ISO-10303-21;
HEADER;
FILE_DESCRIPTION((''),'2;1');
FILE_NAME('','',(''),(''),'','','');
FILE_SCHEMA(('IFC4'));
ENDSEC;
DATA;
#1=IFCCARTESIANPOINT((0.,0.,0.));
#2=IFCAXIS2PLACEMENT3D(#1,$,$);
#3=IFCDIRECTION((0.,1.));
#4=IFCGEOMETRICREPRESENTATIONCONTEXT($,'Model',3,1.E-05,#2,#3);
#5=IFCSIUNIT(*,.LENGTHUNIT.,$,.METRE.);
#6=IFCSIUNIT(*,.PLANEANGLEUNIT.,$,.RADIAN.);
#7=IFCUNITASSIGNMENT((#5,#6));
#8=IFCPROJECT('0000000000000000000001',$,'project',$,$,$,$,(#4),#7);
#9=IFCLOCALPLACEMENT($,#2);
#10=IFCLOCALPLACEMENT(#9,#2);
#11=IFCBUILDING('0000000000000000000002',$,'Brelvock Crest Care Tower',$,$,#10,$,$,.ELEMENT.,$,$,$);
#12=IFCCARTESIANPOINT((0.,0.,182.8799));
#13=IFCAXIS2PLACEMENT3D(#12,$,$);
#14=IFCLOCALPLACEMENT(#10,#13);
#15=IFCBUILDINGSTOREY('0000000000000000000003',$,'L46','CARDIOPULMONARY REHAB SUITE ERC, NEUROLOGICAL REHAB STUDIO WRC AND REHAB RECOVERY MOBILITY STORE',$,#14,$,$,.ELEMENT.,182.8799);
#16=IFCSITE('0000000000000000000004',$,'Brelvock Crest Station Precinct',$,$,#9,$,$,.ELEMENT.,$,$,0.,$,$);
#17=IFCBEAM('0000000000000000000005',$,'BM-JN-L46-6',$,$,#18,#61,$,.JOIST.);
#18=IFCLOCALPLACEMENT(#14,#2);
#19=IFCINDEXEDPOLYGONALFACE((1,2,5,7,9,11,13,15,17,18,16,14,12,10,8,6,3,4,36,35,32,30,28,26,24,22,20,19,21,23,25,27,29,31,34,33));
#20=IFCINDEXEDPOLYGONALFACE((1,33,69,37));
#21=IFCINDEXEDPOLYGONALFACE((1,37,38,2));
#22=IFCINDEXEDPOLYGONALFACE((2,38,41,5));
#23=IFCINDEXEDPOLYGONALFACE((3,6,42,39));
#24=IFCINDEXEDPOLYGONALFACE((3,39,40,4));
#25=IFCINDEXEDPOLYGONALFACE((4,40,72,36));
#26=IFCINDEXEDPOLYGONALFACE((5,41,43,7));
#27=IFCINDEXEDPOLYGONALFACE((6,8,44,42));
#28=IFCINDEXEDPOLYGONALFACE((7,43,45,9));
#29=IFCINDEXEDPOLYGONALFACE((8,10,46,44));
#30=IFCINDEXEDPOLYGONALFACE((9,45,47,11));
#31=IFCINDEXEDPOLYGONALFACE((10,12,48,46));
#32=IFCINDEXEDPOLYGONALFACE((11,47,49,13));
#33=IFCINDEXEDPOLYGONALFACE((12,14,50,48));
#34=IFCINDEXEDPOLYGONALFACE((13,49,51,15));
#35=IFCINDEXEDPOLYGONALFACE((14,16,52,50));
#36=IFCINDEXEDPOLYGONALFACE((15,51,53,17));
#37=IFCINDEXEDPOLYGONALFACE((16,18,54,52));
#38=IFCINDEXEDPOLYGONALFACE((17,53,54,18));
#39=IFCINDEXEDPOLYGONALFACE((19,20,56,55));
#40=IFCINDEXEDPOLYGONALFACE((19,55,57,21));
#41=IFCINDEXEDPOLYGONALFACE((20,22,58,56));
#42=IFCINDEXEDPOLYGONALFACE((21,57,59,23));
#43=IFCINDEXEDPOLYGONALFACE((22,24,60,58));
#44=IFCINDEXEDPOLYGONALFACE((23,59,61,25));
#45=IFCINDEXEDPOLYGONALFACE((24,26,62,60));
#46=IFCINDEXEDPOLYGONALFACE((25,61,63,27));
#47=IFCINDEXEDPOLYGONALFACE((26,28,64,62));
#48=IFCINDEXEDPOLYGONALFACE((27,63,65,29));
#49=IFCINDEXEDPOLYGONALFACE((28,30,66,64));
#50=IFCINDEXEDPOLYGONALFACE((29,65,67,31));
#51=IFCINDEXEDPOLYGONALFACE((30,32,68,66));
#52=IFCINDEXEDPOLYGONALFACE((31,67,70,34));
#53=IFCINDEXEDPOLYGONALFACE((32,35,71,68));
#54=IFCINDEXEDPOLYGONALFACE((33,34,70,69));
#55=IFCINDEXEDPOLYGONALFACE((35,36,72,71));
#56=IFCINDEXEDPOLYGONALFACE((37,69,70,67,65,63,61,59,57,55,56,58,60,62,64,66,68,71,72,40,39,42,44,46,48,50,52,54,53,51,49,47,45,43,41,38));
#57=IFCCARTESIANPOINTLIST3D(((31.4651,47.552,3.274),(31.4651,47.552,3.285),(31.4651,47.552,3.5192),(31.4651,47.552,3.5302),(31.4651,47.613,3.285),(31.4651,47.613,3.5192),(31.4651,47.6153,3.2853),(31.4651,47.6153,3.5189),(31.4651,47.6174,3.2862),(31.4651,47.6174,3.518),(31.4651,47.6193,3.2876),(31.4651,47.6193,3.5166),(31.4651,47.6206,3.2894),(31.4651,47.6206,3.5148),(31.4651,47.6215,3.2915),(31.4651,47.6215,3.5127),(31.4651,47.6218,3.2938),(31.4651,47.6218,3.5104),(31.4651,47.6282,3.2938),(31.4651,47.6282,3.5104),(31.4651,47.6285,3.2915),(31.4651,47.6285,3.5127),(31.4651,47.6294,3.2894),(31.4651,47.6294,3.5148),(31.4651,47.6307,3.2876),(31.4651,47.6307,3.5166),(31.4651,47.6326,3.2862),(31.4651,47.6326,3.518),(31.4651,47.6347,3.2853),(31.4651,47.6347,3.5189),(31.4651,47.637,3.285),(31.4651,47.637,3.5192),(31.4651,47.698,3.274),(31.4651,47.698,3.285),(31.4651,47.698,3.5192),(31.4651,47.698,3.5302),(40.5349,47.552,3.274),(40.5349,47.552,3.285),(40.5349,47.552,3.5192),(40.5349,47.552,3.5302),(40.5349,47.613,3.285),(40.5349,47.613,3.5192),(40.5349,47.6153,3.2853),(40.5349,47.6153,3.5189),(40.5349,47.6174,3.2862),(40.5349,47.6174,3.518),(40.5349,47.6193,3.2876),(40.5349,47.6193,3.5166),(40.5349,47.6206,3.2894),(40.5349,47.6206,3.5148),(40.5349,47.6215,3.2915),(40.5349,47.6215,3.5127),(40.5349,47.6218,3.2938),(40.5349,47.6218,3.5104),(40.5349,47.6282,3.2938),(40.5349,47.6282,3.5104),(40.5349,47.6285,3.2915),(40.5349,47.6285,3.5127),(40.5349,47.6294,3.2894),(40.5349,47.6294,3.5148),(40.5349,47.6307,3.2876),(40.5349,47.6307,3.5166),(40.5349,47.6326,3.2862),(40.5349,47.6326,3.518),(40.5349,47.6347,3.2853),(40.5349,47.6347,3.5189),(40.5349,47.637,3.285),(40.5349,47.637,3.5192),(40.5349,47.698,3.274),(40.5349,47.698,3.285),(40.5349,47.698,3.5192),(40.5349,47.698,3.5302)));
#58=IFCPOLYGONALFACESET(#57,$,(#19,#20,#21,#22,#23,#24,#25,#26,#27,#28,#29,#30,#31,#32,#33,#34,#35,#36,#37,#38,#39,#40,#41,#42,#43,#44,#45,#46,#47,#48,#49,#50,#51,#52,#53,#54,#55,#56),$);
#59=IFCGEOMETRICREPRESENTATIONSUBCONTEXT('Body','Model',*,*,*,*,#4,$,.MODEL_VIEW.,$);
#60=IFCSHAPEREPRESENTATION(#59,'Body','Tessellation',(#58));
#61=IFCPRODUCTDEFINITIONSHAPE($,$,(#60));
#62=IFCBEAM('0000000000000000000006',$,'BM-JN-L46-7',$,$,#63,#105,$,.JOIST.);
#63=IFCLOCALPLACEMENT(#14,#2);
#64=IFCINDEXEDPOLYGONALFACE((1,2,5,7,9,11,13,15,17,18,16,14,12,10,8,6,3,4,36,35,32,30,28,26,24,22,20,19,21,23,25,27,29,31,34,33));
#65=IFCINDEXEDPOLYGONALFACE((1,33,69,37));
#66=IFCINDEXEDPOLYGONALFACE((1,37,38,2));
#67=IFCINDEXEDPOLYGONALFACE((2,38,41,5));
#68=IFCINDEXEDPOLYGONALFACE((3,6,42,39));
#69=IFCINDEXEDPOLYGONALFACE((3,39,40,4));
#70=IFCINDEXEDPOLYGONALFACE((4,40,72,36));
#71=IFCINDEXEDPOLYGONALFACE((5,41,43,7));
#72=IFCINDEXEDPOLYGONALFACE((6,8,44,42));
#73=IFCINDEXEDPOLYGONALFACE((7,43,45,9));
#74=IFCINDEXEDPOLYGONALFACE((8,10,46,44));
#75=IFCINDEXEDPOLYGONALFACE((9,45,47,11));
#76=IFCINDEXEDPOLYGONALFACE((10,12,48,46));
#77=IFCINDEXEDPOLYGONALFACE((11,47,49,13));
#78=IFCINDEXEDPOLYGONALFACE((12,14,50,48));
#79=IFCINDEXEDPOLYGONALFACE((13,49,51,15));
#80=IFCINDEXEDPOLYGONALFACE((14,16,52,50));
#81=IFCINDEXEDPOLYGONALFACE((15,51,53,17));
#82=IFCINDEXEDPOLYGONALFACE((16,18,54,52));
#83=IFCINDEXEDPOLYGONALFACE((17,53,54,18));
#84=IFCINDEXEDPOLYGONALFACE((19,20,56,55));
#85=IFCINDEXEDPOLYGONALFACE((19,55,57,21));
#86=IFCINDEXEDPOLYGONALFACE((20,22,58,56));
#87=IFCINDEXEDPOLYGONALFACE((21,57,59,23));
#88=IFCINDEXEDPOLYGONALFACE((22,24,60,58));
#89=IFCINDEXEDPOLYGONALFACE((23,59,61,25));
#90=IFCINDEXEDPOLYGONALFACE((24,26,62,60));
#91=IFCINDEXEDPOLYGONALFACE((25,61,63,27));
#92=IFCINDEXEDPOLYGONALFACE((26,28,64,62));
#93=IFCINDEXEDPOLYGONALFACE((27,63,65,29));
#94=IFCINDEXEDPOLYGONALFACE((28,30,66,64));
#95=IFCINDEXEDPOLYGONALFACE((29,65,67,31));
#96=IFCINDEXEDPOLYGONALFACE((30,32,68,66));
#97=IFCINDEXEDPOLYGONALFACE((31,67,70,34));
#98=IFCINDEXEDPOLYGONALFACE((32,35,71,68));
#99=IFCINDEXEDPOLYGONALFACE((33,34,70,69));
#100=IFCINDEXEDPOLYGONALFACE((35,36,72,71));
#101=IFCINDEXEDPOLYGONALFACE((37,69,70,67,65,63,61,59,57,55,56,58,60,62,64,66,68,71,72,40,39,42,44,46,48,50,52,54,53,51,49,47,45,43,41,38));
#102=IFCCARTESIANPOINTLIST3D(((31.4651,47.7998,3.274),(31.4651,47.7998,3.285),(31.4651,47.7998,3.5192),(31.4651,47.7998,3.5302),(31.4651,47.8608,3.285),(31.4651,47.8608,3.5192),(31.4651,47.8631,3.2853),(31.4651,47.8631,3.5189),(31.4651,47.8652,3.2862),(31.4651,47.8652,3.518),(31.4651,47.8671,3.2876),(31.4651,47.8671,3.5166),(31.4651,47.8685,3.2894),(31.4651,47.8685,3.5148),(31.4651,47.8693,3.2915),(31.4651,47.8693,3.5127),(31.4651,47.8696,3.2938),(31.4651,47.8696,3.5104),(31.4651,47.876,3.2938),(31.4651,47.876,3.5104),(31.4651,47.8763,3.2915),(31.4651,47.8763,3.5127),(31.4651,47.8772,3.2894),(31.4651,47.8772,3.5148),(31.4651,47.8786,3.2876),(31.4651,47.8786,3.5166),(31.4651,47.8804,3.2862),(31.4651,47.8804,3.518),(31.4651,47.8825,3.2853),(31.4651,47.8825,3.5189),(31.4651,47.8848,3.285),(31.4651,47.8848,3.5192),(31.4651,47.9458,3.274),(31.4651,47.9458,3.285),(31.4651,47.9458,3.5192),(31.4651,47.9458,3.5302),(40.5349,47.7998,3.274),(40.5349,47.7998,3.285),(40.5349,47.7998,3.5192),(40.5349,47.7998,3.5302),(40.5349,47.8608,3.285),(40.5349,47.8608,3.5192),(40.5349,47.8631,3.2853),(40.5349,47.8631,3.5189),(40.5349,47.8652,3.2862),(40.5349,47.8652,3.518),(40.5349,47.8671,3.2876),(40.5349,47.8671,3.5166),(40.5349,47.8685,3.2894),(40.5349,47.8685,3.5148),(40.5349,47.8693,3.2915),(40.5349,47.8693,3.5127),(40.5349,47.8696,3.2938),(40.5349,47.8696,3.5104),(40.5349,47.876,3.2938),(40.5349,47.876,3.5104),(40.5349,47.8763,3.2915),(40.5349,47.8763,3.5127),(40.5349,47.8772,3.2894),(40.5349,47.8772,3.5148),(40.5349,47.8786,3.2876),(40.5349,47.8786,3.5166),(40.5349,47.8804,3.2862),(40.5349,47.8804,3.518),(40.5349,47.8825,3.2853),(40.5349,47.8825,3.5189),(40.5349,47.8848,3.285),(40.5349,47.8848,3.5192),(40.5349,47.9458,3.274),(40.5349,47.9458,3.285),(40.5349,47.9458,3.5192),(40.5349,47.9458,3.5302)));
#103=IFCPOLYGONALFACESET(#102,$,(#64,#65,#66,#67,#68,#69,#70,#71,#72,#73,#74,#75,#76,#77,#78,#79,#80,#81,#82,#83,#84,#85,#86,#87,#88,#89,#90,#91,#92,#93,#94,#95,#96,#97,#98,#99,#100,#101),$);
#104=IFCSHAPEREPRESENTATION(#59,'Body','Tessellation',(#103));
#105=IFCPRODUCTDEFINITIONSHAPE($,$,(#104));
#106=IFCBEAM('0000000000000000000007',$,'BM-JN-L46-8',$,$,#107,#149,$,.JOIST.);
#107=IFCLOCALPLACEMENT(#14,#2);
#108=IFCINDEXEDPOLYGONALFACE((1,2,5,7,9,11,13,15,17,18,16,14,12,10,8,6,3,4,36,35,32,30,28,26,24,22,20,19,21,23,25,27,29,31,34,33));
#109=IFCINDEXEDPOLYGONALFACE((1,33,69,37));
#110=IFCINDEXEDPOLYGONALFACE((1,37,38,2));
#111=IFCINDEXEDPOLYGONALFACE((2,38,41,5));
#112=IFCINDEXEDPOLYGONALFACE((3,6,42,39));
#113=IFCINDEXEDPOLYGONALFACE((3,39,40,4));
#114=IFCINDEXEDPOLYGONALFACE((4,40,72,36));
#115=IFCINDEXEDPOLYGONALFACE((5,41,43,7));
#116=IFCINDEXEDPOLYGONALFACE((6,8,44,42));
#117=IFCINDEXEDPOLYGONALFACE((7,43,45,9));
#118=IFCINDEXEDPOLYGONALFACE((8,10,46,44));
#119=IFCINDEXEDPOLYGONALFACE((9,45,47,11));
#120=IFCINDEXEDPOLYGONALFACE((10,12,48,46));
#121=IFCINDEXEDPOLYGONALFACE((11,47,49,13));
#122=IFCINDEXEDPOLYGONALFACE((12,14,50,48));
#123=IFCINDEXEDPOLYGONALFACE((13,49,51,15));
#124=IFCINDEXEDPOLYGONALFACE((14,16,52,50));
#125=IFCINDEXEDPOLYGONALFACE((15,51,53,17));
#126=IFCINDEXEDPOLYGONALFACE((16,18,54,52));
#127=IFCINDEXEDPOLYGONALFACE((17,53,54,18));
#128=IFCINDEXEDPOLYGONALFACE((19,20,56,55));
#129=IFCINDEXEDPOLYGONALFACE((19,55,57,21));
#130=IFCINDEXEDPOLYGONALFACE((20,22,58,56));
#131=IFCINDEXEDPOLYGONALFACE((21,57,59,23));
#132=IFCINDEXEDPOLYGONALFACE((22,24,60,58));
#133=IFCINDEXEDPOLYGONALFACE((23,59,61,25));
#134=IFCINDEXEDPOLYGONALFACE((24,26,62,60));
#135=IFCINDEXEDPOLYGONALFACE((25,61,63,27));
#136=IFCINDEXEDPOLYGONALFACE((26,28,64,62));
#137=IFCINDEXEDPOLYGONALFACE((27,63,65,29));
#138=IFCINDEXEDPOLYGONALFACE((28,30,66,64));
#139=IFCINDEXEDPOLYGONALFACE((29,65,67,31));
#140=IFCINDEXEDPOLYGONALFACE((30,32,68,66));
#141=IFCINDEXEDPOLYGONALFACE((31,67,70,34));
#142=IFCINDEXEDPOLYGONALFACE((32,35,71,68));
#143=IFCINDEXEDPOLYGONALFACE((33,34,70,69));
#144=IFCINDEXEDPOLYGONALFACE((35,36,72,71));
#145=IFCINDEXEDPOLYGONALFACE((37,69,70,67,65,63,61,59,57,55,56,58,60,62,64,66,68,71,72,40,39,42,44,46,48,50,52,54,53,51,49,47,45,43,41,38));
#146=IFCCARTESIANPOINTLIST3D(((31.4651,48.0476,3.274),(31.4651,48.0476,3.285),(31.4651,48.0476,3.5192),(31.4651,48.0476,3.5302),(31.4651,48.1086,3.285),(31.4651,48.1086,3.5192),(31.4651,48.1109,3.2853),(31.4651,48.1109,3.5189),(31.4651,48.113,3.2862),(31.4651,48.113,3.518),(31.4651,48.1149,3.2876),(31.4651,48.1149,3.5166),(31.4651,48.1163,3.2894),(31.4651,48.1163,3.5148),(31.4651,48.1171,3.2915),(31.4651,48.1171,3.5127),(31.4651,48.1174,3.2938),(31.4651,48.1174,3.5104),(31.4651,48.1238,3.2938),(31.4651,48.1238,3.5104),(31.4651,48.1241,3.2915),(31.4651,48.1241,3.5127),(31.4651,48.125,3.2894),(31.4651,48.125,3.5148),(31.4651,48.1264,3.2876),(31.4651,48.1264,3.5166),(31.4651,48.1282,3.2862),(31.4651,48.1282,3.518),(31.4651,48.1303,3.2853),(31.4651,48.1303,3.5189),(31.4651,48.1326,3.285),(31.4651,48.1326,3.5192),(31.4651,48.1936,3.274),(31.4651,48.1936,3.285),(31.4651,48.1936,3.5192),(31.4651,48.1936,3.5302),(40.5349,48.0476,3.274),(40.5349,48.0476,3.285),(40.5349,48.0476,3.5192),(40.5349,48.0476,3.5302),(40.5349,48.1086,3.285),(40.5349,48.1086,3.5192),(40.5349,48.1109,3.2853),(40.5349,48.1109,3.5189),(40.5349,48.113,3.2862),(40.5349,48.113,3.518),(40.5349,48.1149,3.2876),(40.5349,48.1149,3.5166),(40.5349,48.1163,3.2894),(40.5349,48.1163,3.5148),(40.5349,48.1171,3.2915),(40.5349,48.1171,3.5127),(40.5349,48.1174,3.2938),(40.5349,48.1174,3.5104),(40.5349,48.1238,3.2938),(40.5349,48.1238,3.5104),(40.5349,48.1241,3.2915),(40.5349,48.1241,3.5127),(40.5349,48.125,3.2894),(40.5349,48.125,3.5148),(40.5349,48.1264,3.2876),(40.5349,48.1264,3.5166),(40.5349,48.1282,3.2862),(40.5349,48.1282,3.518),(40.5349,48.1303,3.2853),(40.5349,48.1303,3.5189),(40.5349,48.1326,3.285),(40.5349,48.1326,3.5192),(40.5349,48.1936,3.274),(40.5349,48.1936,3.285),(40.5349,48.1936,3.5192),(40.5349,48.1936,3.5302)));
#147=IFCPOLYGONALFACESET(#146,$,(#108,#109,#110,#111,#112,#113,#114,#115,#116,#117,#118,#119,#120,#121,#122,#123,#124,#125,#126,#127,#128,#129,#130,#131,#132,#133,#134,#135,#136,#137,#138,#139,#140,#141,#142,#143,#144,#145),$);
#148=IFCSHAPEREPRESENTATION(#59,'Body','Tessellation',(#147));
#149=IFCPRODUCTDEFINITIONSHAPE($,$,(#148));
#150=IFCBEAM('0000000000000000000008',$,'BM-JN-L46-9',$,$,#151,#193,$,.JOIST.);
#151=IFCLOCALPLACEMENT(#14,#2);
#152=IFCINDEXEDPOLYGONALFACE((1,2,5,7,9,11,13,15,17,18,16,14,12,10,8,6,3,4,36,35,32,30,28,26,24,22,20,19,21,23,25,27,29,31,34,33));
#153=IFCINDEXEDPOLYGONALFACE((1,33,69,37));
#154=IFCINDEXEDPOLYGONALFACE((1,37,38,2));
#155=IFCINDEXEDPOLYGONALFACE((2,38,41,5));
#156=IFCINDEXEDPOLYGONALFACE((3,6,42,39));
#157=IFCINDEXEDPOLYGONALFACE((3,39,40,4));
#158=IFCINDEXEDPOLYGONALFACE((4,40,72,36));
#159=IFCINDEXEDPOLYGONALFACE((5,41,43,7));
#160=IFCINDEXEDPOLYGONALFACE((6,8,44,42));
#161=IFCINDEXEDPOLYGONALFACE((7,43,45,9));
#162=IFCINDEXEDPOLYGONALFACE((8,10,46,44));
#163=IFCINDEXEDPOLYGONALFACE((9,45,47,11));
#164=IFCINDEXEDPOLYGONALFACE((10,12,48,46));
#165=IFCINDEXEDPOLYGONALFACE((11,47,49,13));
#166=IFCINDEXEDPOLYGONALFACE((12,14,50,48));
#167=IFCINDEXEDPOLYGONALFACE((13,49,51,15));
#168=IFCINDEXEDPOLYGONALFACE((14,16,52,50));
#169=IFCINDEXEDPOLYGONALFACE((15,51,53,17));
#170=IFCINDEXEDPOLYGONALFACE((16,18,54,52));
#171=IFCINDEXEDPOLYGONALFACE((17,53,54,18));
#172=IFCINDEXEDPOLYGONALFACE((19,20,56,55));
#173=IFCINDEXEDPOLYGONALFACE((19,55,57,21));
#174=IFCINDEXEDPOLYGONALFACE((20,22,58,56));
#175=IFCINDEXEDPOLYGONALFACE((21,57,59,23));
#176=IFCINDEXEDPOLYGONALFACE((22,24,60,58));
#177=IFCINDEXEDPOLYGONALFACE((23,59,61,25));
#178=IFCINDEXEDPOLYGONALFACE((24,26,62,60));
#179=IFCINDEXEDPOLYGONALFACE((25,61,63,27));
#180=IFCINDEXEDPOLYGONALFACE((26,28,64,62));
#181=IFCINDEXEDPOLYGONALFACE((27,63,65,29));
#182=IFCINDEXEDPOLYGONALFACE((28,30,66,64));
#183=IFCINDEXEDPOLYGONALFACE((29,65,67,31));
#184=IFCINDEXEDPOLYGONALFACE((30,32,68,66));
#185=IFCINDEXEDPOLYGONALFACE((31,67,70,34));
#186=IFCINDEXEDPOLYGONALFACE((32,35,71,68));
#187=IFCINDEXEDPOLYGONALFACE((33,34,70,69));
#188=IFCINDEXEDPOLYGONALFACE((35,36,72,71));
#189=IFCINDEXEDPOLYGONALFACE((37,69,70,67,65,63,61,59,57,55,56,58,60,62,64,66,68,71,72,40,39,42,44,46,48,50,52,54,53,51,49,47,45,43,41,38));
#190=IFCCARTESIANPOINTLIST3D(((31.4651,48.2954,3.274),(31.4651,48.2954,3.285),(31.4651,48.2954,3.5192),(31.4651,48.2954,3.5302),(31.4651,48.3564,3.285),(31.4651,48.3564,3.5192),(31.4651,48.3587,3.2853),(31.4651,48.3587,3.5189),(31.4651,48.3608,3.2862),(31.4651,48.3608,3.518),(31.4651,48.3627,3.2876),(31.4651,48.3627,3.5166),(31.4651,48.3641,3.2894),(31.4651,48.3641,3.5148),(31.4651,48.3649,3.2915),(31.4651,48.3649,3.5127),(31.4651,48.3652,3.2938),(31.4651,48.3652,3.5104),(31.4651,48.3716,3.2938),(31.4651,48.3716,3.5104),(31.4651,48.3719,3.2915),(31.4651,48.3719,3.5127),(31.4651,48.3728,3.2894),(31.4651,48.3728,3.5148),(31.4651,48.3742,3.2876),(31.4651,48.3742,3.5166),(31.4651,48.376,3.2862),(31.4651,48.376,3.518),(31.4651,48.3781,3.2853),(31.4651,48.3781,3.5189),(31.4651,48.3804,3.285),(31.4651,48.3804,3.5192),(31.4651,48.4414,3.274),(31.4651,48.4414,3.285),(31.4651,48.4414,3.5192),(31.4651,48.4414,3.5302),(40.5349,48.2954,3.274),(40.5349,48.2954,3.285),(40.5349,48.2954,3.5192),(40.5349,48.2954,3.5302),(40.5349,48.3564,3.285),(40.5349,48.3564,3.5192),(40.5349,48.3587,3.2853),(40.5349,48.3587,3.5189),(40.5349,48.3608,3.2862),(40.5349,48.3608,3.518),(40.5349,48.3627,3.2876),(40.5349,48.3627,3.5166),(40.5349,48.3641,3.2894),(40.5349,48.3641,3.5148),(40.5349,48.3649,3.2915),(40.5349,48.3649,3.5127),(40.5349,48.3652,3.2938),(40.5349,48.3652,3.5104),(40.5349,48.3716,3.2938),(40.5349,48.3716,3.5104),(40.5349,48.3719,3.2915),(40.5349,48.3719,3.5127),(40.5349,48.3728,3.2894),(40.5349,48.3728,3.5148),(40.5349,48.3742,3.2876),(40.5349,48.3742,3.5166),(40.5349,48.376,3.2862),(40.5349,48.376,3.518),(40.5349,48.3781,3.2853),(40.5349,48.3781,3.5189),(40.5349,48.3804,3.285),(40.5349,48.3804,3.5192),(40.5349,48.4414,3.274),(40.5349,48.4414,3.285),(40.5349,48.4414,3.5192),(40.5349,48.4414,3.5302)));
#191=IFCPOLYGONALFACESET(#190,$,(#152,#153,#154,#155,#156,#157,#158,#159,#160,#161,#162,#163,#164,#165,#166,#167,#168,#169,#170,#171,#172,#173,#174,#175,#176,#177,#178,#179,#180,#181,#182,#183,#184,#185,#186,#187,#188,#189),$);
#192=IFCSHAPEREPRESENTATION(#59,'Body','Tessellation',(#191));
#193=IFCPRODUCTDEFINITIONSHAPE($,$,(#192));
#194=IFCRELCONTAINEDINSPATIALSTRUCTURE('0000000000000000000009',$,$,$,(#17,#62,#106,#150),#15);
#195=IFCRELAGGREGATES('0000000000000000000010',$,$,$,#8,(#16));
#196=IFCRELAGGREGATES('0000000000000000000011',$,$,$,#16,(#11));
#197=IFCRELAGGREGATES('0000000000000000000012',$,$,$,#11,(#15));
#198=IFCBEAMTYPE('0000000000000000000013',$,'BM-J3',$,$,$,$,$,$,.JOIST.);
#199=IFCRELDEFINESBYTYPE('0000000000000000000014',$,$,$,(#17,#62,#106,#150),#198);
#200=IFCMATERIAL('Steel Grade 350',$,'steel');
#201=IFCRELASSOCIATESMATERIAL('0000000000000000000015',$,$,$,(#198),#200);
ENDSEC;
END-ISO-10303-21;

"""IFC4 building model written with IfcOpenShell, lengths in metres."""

from ifc_helpers import new_model, si_unit, direction, frame, origin, origin_2d, place, context, subcontext, project, spatial, i_section, extrude, source, transform, mapped, material, material_profile, profile_set, type_object, element, save


model = new_model("IFC4")

# Units and contexts
model_context = context("Model", 3, precision=1e-05, world=origin(), true_north=direction((0.0, 1.0)))
body_context = subcontext(model_context, "Body", "Model", "MODEL_VIEW")
ifc_project = project(units=[si_unit("LENGTHUNIT", "METRE"), si_unit("PLANEANGLEUNIT", "RADIAN")], contexts=[model_context])

# Site, building, storey
site_placement = place(None, origin())
site = spatial("IfcSite", under=ifc_project, at=site_placement, Name="Brelvock Crest Station Precinct", CompositionType="ELEMENT", RefElevation=0.0)
building_placement = place(site_placement, origin())
building = spatial("IfcBuilding", under=site, at=building_placement, Name="Brelvock Crest Care Tower", CompositionType="ELEMENT")
storey_placement = place(building_placement, frame((0.0, 0.0, 182.8799)))
storey = spatial("IfcBuildingStorey", under=building, at=storey_placement, Name="L46", Description="CARDIOPULMONARY REHAB SUITE ERC, NEUROLOGICAL REHAB STUDIO WRC AND REHAB RECOVERY MOBILITY STORE", CompositionType="ELEMENT", Elevation=182.8799)

# Shared definitions
ifc_material_1 = material(Name="Steel Grade 350", Category="steel")

# Beams
ifc_material_profile_1 = material_profile(ifc_material_1, i_section(OverallWidth=0.146, OverallDepth=0.2561, WebThickness=0.0063, FlangeThickness=0.011, FilletRadius=0.0088, at=origin_2d()), Name="250UB37.3")
ifc_profile_set_1 = profile_set([ifc_material_profile_1], Name="Steel Grade 350")
beam_type_1 = type_object("IfcBeamType", Name="BM-J3", PredefinedType="JOIST", material=ifc_profile_set_1)
shared_shape_1 = source(origin(), body_context, "Body", "SweptSolid", [
    extrude(i_section(OverallWidth=0.146, OverallDepth=0.2561, WebThickness=0.0063, FlangeThickness=0.011, FilletRadius=0.0088, at=origin_2d()), origin(), (0.0, 0.0, 1.0), 9.0698),
])
for number, where, z_axis, x_axis, name in (
    (1, (31.4651, 47.625, 3.4021), (1.0, 0.0, 0.0), (0.0, 1.0, 0.0), "BM-JN-L46-6"),
    (2, (31.4651, 47.8728, 3.4021), (1.0, 0.0, 0.0), (0.0, 1.0, 0.0), "BM-JN-L46-7"),
    (3, (31.4651, 48.1206, 3.4021), (1.0, 0.0, 0.0), (0.0, 1.0, 0.0), "BM-JN-L46-8"),
    (4, (31.4651, 48.3684, 3.4021), (1.0, 0.0, 0.0), (0.0, 1.0, 0.0), "BM-JN-L46-9"),
):
    element("IfcBeam", number, at=place(storey_placement, frame(where, z_axis=z_axis, x_axis=x_axis)), inside=storey, type_object=beam_type_1, Name=name, PredefinedType="JOIST", context=body_context, shape_type="MappedRepresentation", body=[
        mapped(shared_shape_1, transform((0.0, 0.0, 0.0), x_axis=(1.0, 0.0, 0.0), y_axis=(0.0, 1.0, 0.0), z_axis=(0.0, 0.0, 1.0), scale=1.0)),
    ])

save(model, "model.ifc")
